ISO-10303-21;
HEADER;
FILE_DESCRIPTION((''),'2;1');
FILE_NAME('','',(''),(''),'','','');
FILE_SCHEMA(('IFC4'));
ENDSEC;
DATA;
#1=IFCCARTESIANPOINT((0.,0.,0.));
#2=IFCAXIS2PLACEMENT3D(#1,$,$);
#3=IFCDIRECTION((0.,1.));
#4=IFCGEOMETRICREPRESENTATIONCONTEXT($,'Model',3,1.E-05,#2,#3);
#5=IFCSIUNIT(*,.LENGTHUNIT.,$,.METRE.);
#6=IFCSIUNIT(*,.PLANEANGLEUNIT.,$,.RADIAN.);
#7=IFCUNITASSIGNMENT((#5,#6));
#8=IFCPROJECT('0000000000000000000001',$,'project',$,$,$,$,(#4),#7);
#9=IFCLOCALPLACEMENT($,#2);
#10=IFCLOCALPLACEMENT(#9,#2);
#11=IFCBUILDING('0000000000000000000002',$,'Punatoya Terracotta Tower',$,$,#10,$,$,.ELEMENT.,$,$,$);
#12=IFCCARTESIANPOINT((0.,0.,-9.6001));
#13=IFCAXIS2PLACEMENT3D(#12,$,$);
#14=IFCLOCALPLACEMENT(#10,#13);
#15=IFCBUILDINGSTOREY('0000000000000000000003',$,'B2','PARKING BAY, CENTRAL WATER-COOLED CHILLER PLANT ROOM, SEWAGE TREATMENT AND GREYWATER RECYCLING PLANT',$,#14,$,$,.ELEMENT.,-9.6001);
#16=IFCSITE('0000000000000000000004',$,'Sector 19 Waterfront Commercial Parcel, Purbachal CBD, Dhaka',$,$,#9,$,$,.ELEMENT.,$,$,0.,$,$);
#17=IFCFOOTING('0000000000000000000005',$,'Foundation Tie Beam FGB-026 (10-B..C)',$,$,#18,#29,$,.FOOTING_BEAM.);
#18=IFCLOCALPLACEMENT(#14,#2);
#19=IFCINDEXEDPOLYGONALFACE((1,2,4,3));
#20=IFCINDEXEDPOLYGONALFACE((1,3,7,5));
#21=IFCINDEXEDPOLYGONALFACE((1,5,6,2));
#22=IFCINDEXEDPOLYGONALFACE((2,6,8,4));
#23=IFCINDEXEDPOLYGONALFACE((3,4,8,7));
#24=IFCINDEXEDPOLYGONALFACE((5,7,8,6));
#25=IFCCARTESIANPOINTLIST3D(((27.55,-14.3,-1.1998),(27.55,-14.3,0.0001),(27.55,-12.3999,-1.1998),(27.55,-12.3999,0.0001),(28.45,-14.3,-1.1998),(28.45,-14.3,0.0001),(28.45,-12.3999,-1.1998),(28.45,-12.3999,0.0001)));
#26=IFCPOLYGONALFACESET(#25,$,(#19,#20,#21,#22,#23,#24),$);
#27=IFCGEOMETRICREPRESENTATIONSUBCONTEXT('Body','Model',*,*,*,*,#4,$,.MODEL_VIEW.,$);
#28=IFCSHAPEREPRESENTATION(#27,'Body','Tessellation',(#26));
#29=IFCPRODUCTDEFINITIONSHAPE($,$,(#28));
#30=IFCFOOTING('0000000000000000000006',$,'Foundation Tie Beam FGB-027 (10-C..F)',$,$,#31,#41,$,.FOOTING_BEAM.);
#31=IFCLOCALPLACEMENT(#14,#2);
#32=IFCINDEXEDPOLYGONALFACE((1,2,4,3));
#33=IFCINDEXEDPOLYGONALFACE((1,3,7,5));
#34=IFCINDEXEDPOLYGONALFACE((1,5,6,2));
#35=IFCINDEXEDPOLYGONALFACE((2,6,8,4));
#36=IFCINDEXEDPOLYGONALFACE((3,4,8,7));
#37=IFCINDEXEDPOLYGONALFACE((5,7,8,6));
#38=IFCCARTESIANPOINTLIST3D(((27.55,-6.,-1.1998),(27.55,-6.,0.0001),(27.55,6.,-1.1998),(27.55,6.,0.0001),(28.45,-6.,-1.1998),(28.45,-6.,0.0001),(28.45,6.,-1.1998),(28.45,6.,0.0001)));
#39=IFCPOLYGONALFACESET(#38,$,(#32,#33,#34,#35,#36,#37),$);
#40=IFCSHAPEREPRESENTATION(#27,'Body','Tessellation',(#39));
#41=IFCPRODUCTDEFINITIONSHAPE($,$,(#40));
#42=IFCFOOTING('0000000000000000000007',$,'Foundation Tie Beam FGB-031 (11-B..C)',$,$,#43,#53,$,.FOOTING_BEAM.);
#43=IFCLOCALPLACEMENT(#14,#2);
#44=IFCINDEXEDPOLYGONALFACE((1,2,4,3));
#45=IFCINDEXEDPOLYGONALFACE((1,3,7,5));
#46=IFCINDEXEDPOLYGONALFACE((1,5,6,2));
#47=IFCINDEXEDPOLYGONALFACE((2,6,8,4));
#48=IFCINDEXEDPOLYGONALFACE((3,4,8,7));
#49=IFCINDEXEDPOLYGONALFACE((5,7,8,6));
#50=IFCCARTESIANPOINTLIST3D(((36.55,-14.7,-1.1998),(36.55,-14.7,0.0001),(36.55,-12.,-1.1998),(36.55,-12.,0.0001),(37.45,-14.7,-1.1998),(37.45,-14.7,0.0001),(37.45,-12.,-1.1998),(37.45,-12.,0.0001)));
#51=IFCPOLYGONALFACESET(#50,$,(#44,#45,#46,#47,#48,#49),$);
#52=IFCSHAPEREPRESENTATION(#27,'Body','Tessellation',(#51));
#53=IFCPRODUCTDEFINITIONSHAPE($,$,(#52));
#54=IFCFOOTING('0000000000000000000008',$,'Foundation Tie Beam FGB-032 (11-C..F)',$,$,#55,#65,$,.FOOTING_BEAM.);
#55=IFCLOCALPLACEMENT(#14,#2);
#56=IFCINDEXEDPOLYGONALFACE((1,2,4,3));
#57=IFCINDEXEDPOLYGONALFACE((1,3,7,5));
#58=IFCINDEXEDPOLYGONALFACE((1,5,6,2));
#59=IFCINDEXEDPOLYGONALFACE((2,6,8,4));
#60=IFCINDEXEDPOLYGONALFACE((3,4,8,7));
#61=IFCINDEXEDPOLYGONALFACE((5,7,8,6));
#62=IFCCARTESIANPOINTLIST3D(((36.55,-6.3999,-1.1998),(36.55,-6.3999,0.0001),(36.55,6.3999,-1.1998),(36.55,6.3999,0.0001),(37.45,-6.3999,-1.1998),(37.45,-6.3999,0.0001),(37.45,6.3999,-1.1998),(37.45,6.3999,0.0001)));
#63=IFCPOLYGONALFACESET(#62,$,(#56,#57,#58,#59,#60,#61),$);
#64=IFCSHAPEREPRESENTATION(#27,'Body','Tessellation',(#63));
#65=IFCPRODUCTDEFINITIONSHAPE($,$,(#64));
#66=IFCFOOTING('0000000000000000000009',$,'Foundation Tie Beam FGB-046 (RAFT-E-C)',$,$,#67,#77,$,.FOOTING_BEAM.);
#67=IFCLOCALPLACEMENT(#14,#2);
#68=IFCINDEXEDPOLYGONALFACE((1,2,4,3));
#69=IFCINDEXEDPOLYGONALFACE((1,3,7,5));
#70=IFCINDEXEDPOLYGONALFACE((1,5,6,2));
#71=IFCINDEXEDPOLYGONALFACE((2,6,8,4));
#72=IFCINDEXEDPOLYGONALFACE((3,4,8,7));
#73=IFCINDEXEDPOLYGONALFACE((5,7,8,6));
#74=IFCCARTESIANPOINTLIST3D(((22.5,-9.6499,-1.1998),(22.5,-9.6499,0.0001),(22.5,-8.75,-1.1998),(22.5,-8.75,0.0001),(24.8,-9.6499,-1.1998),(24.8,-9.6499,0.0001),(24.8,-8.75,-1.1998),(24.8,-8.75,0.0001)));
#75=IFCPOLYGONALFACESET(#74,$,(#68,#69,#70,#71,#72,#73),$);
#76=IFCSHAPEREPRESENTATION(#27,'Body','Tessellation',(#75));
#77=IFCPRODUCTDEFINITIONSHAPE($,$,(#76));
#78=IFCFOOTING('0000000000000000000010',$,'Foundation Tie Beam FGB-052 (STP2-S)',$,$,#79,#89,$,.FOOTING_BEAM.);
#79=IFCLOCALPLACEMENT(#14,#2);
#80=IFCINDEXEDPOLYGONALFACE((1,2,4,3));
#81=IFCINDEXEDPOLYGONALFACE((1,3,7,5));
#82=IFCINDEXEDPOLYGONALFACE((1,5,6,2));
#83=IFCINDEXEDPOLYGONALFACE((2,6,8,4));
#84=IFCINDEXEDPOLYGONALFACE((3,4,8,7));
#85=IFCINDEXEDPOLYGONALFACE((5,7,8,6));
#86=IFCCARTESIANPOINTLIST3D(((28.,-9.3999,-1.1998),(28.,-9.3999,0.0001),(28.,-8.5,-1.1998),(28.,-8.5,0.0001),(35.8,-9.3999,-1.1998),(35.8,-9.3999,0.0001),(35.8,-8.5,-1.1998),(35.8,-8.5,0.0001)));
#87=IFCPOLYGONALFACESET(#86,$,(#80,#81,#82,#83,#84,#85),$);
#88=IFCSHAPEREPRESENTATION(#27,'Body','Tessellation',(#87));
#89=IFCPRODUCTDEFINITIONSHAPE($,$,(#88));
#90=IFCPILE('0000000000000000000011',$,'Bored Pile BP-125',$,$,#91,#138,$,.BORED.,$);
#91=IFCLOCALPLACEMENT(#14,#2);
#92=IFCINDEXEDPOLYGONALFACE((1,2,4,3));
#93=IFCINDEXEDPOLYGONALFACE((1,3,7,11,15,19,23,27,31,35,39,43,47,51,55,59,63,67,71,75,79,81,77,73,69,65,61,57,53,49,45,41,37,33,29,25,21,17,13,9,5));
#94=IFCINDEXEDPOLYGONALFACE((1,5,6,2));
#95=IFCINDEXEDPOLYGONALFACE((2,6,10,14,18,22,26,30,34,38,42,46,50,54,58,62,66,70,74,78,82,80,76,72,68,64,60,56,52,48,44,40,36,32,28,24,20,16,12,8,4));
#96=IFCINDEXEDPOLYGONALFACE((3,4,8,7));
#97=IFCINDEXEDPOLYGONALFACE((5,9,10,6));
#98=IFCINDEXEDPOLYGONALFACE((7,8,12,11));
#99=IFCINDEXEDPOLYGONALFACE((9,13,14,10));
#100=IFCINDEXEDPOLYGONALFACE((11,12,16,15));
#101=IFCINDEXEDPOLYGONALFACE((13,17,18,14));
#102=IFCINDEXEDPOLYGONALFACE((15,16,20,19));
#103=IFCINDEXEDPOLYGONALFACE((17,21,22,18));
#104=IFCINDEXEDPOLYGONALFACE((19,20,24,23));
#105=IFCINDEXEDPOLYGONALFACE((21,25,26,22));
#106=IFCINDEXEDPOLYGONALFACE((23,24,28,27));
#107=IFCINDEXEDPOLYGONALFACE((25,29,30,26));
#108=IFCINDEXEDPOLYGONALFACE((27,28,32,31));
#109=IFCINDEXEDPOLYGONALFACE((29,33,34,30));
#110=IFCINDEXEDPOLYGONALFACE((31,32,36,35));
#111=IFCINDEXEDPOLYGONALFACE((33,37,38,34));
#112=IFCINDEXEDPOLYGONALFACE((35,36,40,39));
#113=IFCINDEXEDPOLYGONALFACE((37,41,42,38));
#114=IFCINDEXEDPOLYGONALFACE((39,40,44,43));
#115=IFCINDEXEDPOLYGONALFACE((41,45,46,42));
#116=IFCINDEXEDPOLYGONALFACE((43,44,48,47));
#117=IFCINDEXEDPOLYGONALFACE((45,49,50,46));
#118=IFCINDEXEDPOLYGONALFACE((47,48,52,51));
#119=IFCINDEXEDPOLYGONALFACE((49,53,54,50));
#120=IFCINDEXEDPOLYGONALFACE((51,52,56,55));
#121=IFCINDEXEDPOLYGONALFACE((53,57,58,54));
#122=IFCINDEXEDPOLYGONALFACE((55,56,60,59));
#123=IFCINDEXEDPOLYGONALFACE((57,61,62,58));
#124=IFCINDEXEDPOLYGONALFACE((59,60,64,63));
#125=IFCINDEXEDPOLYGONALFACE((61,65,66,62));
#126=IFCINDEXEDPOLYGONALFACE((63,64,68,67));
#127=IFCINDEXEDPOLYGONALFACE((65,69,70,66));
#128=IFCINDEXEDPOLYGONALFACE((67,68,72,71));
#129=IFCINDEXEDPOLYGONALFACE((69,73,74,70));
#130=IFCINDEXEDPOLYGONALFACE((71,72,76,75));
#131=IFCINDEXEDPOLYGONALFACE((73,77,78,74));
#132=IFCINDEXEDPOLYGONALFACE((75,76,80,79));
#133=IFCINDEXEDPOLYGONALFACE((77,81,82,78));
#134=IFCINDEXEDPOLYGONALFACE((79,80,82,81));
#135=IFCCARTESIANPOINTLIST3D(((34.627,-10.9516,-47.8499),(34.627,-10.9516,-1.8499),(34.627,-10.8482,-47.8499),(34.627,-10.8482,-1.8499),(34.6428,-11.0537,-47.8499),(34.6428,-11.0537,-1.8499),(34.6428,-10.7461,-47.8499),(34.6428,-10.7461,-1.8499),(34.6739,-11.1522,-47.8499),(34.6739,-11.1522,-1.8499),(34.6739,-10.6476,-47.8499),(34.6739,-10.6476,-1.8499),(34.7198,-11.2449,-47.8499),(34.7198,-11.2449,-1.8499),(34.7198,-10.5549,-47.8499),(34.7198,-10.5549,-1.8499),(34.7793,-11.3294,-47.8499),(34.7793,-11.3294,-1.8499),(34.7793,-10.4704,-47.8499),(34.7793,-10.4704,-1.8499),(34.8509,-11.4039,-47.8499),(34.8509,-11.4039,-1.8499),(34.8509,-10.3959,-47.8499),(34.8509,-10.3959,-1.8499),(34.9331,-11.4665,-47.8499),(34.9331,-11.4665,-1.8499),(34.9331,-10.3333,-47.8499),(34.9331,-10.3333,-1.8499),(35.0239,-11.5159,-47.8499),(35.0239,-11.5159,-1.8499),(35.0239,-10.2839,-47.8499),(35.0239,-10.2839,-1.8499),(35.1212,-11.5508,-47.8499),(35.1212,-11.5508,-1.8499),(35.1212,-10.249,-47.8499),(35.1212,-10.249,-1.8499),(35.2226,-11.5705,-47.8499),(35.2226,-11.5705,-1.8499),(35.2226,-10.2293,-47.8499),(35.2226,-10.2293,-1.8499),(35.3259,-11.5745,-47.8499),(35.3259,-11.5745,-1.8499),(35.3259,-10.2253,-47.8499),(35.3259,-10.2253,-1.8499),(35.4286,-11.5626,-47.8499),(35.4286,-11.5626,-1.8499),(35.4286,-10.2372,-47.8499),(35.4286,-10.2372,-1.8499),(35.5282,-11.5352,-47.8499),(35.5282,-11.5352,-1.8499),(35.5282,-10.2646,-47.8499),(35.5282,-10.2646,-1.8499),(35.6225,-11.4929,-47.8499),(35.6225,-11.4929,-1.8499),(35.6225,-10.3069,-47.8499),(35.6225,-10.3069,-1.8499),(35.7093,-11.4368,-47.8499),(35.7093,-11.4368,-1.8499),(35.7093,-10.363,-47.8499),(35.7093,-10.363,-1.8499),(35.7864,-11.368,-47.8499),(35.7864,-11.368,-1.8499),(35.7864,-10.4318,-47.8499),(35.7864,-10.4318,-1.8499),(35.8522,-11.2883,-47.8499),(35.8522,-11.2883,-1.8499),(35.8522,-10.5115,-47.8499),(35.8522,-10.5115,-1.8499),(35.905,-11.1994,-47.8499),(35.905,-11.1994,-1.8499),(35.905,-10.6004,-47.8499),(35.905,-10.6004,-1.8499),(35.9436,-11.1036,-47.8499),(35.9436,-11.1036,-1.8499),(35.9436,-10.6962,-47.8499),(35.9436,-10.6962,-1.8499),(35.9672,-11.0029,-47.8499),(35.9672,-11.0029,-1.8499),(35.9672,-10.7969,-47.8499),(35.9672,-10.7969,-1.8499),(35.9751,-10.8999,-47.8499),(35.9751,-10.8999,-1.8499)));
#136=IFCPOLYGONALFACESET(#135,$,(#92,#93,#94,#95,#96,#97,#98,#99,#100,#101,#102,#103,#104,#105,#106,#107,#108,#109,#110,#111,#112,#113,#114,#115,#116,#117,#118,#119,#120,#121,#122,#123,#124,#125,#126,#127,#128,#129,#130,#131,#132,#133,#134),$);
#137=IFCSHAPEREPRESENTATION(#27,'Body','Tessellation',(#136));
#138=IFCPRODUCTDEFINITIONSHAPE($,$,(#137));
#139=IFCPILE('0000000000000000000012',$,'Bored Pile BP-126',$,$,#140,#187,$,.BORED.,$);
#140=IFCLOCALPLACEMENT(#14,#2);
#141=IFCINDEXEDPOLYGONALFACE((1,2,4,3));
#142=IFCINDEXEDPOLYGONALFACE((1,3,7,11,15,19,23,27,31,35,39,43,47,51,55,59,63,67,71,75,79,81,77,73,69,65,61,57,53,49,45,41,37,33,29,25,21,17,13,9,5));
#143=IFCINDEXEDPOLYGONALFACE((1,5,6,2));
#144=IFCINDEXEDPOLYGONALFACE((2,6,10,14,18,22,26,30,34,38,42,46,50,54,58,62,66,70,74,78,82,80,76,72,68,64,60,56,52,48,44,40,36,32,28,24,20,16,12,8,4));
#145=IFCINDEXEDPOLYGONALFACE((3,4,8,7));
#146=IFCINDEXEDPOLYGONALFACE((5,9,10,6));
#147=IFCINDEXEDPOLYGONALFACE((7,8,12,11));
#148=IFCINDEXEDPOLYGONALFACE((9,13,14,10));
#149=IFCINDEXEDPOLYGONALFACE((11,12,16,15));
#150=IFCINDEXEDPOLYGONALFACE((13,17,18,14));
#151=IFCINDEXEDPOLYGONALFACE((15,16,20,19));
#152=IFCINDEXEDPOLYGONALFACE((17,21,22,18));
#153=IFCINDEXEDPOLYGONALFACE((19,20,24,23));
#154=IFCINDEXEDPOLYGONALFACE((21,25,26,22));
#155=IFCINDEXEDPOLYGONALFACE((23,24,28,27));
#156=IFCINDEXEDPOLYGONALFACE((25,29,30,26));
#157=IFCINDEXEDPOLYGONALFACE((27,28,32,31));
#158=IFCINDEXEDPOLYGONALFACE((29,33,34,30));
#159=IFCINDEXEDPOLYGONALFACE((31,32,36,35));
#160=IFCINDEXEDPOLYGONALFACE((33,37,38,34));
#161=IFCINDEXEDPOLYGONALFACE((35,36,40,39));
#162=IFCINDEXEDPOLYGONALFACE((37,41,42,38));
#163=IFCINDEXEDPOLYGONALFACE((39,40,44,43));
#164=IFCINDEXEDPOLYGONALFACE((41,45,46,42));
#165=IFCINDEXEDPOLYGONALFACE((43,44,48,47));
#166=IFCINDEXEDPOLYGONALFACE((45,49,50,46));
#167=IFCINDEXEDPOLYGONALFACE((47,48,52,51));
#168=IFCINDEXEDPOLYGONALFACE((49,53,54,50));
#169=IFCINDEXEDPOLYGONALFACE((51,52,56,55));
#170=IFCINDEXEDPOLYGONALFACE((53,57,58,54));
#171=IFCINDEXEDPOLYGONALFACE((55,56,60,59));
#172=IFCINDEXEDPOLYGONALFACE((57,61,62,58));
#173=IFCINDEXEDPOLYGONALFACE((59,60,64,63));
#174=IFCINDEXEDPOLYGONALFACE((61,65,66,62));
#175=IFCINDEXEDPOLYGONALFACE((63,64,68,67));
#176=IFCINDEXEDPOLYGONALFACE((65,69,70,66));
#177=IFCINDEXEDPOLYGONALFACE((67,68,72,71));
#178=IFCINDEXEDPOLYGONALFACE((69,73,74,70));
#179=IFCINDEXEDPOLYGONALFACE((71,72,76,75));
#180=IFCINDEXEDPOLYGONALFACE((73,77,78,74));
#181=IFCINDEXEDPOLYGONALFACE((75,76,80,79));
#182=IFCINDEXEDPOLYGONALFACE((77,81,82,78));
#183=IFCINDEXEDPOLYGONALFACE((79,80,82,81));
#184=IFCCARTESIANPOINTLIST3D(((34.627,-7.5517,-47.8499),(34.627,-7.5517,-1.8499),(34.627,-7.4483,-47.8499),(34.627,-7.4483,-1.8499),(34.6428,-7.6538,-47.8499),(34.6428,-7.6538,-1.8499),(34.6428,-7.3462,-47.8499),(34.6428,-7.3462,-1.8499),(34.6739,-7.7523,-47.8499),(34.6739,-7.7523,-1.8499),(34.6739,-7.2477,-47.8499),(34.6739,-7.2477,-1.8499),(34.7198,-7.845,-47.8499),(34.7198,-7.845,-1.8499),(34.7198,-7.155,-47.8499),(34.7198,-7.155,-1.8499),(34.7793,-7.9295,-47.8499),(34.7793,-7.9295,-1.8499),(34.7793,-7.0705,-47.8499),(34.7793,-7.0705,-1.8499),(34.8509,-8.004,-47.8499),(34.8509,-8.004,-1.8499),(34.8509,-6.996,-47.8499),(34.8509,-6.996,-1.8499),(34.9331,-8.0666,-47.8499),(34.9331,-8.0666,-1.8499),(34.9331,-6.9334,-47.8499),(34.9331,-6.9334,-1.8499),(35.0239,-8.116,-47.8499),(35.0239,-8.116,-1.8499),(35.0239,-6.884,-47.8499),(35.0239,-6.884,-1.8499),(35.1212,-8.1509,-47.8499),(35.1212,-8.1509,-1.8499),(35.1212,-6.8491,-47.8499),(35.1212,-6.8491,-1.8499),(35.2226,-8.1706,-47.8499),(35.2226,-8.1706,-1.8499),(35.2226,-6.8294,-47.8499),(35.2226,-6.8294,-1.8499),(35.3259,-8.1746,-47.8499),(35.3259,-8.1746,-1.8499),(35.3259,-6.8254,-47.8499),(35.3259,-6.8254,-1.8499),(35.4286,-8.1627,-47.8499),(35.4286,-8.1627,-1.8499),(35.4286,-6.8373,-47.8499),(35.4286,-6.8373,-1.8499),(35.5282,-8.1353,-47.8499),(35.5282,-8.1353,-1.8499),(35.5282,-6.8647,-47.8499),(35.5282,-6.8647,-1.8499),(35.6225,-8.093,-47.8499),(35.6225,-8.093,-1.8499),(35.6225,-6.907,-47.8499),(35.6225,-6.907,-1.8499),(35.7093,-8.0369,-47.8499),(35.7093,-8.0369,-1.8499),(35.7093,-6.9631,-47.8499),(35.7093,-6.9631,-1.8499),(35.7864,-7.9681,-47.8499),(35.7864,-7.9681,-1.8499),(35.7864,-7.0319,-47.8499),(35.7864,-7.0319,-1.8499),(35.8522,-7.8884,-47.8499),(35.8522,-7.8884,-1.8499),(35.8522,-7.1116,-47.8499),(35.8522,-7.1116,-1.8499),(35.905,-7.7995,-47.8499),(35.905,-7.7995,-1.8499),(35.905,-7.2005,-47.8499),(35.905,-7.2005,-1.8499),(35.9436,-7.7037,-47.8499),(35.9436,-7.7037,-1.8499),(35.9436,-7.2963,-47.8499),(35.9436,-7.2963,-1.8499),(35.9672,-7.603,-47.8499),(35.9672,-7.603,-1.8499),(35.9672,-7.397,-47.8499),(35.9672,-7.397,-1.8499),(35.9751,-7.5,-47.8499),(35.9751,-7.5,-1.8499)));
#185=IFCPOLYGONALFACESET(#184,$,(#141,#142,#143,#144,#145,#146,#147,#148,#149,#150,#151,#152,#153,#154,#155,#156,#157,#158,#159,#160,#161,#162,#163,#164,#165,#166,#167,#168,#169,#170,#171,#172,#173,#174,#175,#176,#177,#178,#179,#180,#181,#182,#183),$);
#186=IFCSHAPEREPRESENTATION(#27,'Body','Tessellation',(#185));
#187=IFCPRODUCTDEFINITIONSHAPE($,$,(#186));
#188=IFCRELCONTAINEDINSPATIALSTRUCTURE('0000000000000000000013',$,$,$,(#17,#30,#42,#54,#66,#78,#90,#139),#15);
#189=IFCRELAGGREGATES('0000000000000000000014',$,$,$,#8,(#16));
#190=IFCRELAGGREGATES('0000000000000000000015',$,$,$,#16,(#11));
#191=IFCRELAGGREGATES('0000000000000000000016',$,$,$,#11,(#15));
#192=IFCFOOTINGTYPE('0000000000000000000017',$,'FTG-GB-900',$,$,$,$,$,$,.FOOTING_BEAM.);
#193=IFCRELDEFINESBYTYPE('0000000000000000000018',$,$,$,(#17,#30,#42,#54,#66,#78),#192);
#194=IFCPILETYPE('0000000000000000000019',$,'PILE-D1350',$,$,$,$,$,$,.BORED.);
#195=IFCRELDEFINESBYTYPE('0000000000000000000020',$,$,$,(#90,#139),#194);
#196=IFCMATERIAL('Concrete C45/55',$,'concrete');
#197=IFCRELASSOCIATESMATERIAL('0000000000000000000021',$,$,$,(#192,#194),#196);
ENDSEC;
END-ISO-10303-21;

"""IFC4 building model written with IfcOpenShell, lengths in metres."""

from ifc_helpers import new_model, si_unit, direction, frame, origin, origin_2d, place, context, subcontext, project, spatial, rectangle, circle, extrude, material, material_profile, profile_set, type_object, element, save


model = new_model("IFC4")

# Units and contexts
model_context = context("Model", 3, precision=1e-05, world=origin(), true_north=direction((0.0, 1.0)))
body_context = subcontext(model_context, "Body", "Model", "MODEL_VIEW")
ifc_project = project(units=[si_unit("LENGTHUNIT", "METRE"), si_unit("PLANEANGLEUNIT", "RADIAN")], contexts=[model_context])

# Site, building, storey
site_placement = place(None, origin())
site = spatial("IfcSite", under=ifc_project, at=site_placement, Name="Sector 19 Waterfront Commercial Parcel, Purbachal CBD, Dhaka", CompositionType="ELEMENT", RefElevation=0.0)
building_placement = place(site_placement, origin())
building = spatial("IfcBuilding", under=site, at=building_placement, Name="Punatoya Terracotta Tower", CompositionType="ELEMENT")
storey_placement = place(building_placement, frame((0.0, 0.0, -9.6001)))
storey = spatial("IfcBuildingStorey", under=building, at=storey_placement, Name="B2", Description="PARKING BAY, CENTRAL WATER-COOLED CHILLER PLANT ROOM, SEWAGE TREATMENT AND GREYWATER RECYCLING PLANT", CompositionType="ELEMENT", Elevation=-9.6001)

# Footings
ifc_material_1 = material(Name="Concrete C45/55", Category="concrete")
ifc_material_profile_1 = material_profile(ifc_material_1, rectangle(XDim=0.8999, YDim=1.2, at=origin_2d()))
ifc_profile_set_1 = profile_set([ifc_material_profile_1], Name="Concrete C45/55")
footing_type = type_object("IfcFootingType", Name="FTG-GB-900", PredefinedType="FOOTING_BEAM", material=ifc_profile_set_1)
footing_1_placement = place(storey_placement, frame((28.0, -14.3, -0.5999), z_axis=(0.0, 1.0, 0.0), x_axis=(-1.0, 0.0, 0.0)))
element("IfcFooting", 1, at=footing_1_placement, inside=storey, type_object=footing_type, Name="Foundation Tie Beam FGB-026 (10-B..C)", PredefinedType="FOOTING_BEAM", context=body_context, shape_type="SweptSolid", body=[
    extrude(rectangle(XDim=0.8999, YDim=1.2, at=origin_2d()), origin(), (0.0, 0.0, 1.0), 1.9001),
])
footing_2_placement = place(storey_placement, frame((28.0, -6.0, -0.5999), z_axis=(0.0, 1.0, 0.0), x_axis=(-1.0, 0.0, 0.0)))
element("IfcFooting", 2, at=footing_2_placement, inside=storey, type_object=footing_type, Name="Foundation Tie Beam FGB-027 (10-C..F)", PredefinedType="FOOTING_BEAM", context=body_context, shape_type="SweptSolid", body=[
    extrude(rectangle(XDim=0.8999, YDim=1.2, at=origin_2d()), origin(), (0.0, 0.0, 1.0), 12.0),
])
footing_3_placement = place(storey_placement, frame((37.0, -14.7, -0.5999), z_axis=(0.0, 1.0, 0.0), x_axis=(-1.0, 0.0, 0.0)))
element("IfcFooting", 3, at=footing_3_placement, inside=storey, type_object=footing_type, Name="Foundation Tie Beam FGB-031 (11-B..C)", PredefinedType="FOOTING_BEAM", context=body_context, shape_type="SweptSolid", body=[
    extrude(rectangle(XDim=0.8999, YDim=1.2, at=origin_2d()), origin(), (0.0, 0.0, 1.0), 2.7),
])
footing_4_placement = place(storey_placement, frame((37.0, -6.3999, -0.5999), z_axis=(0.0, 1.0, 0.0), x_axis=(-1.0, 0.0, 0.0)))
element("IfcFooting", 4, at=footing_4_placement, inside=storey, type_object=footing_type, Name="Foundation Tie Beam FGB-032 (11-C..F)", PredefinedType="FOOTING_BEAM", context=body_context, shape_type="SweptSolid", body=[
    extrude(rectangle(XDim=0.8999, YDim=1.2, at=origin_2d()), origin(), (0.0, 0.0, 1.0), 12.7998),
])
footing_5_placement = place(storey_placement, frame((22.5, -9.2, -0.5999), z_axis=(1.0, 0.0, 0.0), x_axis=(0.0, 1.0, 0.0)))
element("IfcFooting", 5, at=footing_5_placement, inside=storey, type_object=footing_type, Name="Foundation Tie Beam FGB-046 (RAFT-E-C)", PredefinedType="FOOTING_BEAM", context=body_context, shape_type="SweptSolid", body=[
    extrude(rectangle(XDim=0.8999, YDim=1.2, at=origin_2d()), origin(), (0.0, 0.0, 1.0), 2.3),
])
footing_6_placement = place(storey_placement, frame((28.0, -8.95, -0.5999), z_axis=(1.0, 0.0, 0.0), x_axis=(0.0, 1.0, 0.0)))
element("IfcFooting", 6, at=footing_6_placement, inside=storey, type_object=footing_type, Name="Foundation Tie Beam FGB-052 (STP2-S)", PredefinedType="FOOTING_BEAM", context=body_context, shape_type="SweptSolid", body=[
    extrude(rectangle(XDim=0.8999, YDim=1.2, at=origin_2d()), origin(), (0.0, 0.0, 1.0), 7.8),
])

# Piles
ifc_material_profile_2 = material_profile(ifc_material_1, circle(Radius=0.675, at=origin_2d()))
ifc_profile_set_2 = profile_set([ifc_material_profile_2], Name="Concrete C45/55")
pile_type_1 = type_object("IfcPileType", Name="PILE-D1350", PredefinedType="BORED", material=ifc_profile_set_2)
for number, where, z_axis, x_axis, name in (
    (7, (35.3, -10.8999, -1.8499), (0.0, 0.0, -1.0), (1.0, 0.0, 0.0), "Bored Pile BP-125"),
    (8, (35.3, -7.5, -1.8499), (0.0, 0.0, -1.0), (1.0, 0.0, 0.0), "Bored Pile BP-126"),
):
    element("IfcPile", number, at=place(storey_placement, frame(where, z_axis=z_axis, x_axis=x_axis)), inside=storey, type_object=pile_type_1, Name=name, PredefinedType="BORED", context=body_context, shape_type="SweptSolid", body=[
        extrude(circle(Radius=0.675, at=origin_2d()), origin(), (0.0, 0.0, 1.0), 46.0),
    ])

save(model, "model.ifc")
